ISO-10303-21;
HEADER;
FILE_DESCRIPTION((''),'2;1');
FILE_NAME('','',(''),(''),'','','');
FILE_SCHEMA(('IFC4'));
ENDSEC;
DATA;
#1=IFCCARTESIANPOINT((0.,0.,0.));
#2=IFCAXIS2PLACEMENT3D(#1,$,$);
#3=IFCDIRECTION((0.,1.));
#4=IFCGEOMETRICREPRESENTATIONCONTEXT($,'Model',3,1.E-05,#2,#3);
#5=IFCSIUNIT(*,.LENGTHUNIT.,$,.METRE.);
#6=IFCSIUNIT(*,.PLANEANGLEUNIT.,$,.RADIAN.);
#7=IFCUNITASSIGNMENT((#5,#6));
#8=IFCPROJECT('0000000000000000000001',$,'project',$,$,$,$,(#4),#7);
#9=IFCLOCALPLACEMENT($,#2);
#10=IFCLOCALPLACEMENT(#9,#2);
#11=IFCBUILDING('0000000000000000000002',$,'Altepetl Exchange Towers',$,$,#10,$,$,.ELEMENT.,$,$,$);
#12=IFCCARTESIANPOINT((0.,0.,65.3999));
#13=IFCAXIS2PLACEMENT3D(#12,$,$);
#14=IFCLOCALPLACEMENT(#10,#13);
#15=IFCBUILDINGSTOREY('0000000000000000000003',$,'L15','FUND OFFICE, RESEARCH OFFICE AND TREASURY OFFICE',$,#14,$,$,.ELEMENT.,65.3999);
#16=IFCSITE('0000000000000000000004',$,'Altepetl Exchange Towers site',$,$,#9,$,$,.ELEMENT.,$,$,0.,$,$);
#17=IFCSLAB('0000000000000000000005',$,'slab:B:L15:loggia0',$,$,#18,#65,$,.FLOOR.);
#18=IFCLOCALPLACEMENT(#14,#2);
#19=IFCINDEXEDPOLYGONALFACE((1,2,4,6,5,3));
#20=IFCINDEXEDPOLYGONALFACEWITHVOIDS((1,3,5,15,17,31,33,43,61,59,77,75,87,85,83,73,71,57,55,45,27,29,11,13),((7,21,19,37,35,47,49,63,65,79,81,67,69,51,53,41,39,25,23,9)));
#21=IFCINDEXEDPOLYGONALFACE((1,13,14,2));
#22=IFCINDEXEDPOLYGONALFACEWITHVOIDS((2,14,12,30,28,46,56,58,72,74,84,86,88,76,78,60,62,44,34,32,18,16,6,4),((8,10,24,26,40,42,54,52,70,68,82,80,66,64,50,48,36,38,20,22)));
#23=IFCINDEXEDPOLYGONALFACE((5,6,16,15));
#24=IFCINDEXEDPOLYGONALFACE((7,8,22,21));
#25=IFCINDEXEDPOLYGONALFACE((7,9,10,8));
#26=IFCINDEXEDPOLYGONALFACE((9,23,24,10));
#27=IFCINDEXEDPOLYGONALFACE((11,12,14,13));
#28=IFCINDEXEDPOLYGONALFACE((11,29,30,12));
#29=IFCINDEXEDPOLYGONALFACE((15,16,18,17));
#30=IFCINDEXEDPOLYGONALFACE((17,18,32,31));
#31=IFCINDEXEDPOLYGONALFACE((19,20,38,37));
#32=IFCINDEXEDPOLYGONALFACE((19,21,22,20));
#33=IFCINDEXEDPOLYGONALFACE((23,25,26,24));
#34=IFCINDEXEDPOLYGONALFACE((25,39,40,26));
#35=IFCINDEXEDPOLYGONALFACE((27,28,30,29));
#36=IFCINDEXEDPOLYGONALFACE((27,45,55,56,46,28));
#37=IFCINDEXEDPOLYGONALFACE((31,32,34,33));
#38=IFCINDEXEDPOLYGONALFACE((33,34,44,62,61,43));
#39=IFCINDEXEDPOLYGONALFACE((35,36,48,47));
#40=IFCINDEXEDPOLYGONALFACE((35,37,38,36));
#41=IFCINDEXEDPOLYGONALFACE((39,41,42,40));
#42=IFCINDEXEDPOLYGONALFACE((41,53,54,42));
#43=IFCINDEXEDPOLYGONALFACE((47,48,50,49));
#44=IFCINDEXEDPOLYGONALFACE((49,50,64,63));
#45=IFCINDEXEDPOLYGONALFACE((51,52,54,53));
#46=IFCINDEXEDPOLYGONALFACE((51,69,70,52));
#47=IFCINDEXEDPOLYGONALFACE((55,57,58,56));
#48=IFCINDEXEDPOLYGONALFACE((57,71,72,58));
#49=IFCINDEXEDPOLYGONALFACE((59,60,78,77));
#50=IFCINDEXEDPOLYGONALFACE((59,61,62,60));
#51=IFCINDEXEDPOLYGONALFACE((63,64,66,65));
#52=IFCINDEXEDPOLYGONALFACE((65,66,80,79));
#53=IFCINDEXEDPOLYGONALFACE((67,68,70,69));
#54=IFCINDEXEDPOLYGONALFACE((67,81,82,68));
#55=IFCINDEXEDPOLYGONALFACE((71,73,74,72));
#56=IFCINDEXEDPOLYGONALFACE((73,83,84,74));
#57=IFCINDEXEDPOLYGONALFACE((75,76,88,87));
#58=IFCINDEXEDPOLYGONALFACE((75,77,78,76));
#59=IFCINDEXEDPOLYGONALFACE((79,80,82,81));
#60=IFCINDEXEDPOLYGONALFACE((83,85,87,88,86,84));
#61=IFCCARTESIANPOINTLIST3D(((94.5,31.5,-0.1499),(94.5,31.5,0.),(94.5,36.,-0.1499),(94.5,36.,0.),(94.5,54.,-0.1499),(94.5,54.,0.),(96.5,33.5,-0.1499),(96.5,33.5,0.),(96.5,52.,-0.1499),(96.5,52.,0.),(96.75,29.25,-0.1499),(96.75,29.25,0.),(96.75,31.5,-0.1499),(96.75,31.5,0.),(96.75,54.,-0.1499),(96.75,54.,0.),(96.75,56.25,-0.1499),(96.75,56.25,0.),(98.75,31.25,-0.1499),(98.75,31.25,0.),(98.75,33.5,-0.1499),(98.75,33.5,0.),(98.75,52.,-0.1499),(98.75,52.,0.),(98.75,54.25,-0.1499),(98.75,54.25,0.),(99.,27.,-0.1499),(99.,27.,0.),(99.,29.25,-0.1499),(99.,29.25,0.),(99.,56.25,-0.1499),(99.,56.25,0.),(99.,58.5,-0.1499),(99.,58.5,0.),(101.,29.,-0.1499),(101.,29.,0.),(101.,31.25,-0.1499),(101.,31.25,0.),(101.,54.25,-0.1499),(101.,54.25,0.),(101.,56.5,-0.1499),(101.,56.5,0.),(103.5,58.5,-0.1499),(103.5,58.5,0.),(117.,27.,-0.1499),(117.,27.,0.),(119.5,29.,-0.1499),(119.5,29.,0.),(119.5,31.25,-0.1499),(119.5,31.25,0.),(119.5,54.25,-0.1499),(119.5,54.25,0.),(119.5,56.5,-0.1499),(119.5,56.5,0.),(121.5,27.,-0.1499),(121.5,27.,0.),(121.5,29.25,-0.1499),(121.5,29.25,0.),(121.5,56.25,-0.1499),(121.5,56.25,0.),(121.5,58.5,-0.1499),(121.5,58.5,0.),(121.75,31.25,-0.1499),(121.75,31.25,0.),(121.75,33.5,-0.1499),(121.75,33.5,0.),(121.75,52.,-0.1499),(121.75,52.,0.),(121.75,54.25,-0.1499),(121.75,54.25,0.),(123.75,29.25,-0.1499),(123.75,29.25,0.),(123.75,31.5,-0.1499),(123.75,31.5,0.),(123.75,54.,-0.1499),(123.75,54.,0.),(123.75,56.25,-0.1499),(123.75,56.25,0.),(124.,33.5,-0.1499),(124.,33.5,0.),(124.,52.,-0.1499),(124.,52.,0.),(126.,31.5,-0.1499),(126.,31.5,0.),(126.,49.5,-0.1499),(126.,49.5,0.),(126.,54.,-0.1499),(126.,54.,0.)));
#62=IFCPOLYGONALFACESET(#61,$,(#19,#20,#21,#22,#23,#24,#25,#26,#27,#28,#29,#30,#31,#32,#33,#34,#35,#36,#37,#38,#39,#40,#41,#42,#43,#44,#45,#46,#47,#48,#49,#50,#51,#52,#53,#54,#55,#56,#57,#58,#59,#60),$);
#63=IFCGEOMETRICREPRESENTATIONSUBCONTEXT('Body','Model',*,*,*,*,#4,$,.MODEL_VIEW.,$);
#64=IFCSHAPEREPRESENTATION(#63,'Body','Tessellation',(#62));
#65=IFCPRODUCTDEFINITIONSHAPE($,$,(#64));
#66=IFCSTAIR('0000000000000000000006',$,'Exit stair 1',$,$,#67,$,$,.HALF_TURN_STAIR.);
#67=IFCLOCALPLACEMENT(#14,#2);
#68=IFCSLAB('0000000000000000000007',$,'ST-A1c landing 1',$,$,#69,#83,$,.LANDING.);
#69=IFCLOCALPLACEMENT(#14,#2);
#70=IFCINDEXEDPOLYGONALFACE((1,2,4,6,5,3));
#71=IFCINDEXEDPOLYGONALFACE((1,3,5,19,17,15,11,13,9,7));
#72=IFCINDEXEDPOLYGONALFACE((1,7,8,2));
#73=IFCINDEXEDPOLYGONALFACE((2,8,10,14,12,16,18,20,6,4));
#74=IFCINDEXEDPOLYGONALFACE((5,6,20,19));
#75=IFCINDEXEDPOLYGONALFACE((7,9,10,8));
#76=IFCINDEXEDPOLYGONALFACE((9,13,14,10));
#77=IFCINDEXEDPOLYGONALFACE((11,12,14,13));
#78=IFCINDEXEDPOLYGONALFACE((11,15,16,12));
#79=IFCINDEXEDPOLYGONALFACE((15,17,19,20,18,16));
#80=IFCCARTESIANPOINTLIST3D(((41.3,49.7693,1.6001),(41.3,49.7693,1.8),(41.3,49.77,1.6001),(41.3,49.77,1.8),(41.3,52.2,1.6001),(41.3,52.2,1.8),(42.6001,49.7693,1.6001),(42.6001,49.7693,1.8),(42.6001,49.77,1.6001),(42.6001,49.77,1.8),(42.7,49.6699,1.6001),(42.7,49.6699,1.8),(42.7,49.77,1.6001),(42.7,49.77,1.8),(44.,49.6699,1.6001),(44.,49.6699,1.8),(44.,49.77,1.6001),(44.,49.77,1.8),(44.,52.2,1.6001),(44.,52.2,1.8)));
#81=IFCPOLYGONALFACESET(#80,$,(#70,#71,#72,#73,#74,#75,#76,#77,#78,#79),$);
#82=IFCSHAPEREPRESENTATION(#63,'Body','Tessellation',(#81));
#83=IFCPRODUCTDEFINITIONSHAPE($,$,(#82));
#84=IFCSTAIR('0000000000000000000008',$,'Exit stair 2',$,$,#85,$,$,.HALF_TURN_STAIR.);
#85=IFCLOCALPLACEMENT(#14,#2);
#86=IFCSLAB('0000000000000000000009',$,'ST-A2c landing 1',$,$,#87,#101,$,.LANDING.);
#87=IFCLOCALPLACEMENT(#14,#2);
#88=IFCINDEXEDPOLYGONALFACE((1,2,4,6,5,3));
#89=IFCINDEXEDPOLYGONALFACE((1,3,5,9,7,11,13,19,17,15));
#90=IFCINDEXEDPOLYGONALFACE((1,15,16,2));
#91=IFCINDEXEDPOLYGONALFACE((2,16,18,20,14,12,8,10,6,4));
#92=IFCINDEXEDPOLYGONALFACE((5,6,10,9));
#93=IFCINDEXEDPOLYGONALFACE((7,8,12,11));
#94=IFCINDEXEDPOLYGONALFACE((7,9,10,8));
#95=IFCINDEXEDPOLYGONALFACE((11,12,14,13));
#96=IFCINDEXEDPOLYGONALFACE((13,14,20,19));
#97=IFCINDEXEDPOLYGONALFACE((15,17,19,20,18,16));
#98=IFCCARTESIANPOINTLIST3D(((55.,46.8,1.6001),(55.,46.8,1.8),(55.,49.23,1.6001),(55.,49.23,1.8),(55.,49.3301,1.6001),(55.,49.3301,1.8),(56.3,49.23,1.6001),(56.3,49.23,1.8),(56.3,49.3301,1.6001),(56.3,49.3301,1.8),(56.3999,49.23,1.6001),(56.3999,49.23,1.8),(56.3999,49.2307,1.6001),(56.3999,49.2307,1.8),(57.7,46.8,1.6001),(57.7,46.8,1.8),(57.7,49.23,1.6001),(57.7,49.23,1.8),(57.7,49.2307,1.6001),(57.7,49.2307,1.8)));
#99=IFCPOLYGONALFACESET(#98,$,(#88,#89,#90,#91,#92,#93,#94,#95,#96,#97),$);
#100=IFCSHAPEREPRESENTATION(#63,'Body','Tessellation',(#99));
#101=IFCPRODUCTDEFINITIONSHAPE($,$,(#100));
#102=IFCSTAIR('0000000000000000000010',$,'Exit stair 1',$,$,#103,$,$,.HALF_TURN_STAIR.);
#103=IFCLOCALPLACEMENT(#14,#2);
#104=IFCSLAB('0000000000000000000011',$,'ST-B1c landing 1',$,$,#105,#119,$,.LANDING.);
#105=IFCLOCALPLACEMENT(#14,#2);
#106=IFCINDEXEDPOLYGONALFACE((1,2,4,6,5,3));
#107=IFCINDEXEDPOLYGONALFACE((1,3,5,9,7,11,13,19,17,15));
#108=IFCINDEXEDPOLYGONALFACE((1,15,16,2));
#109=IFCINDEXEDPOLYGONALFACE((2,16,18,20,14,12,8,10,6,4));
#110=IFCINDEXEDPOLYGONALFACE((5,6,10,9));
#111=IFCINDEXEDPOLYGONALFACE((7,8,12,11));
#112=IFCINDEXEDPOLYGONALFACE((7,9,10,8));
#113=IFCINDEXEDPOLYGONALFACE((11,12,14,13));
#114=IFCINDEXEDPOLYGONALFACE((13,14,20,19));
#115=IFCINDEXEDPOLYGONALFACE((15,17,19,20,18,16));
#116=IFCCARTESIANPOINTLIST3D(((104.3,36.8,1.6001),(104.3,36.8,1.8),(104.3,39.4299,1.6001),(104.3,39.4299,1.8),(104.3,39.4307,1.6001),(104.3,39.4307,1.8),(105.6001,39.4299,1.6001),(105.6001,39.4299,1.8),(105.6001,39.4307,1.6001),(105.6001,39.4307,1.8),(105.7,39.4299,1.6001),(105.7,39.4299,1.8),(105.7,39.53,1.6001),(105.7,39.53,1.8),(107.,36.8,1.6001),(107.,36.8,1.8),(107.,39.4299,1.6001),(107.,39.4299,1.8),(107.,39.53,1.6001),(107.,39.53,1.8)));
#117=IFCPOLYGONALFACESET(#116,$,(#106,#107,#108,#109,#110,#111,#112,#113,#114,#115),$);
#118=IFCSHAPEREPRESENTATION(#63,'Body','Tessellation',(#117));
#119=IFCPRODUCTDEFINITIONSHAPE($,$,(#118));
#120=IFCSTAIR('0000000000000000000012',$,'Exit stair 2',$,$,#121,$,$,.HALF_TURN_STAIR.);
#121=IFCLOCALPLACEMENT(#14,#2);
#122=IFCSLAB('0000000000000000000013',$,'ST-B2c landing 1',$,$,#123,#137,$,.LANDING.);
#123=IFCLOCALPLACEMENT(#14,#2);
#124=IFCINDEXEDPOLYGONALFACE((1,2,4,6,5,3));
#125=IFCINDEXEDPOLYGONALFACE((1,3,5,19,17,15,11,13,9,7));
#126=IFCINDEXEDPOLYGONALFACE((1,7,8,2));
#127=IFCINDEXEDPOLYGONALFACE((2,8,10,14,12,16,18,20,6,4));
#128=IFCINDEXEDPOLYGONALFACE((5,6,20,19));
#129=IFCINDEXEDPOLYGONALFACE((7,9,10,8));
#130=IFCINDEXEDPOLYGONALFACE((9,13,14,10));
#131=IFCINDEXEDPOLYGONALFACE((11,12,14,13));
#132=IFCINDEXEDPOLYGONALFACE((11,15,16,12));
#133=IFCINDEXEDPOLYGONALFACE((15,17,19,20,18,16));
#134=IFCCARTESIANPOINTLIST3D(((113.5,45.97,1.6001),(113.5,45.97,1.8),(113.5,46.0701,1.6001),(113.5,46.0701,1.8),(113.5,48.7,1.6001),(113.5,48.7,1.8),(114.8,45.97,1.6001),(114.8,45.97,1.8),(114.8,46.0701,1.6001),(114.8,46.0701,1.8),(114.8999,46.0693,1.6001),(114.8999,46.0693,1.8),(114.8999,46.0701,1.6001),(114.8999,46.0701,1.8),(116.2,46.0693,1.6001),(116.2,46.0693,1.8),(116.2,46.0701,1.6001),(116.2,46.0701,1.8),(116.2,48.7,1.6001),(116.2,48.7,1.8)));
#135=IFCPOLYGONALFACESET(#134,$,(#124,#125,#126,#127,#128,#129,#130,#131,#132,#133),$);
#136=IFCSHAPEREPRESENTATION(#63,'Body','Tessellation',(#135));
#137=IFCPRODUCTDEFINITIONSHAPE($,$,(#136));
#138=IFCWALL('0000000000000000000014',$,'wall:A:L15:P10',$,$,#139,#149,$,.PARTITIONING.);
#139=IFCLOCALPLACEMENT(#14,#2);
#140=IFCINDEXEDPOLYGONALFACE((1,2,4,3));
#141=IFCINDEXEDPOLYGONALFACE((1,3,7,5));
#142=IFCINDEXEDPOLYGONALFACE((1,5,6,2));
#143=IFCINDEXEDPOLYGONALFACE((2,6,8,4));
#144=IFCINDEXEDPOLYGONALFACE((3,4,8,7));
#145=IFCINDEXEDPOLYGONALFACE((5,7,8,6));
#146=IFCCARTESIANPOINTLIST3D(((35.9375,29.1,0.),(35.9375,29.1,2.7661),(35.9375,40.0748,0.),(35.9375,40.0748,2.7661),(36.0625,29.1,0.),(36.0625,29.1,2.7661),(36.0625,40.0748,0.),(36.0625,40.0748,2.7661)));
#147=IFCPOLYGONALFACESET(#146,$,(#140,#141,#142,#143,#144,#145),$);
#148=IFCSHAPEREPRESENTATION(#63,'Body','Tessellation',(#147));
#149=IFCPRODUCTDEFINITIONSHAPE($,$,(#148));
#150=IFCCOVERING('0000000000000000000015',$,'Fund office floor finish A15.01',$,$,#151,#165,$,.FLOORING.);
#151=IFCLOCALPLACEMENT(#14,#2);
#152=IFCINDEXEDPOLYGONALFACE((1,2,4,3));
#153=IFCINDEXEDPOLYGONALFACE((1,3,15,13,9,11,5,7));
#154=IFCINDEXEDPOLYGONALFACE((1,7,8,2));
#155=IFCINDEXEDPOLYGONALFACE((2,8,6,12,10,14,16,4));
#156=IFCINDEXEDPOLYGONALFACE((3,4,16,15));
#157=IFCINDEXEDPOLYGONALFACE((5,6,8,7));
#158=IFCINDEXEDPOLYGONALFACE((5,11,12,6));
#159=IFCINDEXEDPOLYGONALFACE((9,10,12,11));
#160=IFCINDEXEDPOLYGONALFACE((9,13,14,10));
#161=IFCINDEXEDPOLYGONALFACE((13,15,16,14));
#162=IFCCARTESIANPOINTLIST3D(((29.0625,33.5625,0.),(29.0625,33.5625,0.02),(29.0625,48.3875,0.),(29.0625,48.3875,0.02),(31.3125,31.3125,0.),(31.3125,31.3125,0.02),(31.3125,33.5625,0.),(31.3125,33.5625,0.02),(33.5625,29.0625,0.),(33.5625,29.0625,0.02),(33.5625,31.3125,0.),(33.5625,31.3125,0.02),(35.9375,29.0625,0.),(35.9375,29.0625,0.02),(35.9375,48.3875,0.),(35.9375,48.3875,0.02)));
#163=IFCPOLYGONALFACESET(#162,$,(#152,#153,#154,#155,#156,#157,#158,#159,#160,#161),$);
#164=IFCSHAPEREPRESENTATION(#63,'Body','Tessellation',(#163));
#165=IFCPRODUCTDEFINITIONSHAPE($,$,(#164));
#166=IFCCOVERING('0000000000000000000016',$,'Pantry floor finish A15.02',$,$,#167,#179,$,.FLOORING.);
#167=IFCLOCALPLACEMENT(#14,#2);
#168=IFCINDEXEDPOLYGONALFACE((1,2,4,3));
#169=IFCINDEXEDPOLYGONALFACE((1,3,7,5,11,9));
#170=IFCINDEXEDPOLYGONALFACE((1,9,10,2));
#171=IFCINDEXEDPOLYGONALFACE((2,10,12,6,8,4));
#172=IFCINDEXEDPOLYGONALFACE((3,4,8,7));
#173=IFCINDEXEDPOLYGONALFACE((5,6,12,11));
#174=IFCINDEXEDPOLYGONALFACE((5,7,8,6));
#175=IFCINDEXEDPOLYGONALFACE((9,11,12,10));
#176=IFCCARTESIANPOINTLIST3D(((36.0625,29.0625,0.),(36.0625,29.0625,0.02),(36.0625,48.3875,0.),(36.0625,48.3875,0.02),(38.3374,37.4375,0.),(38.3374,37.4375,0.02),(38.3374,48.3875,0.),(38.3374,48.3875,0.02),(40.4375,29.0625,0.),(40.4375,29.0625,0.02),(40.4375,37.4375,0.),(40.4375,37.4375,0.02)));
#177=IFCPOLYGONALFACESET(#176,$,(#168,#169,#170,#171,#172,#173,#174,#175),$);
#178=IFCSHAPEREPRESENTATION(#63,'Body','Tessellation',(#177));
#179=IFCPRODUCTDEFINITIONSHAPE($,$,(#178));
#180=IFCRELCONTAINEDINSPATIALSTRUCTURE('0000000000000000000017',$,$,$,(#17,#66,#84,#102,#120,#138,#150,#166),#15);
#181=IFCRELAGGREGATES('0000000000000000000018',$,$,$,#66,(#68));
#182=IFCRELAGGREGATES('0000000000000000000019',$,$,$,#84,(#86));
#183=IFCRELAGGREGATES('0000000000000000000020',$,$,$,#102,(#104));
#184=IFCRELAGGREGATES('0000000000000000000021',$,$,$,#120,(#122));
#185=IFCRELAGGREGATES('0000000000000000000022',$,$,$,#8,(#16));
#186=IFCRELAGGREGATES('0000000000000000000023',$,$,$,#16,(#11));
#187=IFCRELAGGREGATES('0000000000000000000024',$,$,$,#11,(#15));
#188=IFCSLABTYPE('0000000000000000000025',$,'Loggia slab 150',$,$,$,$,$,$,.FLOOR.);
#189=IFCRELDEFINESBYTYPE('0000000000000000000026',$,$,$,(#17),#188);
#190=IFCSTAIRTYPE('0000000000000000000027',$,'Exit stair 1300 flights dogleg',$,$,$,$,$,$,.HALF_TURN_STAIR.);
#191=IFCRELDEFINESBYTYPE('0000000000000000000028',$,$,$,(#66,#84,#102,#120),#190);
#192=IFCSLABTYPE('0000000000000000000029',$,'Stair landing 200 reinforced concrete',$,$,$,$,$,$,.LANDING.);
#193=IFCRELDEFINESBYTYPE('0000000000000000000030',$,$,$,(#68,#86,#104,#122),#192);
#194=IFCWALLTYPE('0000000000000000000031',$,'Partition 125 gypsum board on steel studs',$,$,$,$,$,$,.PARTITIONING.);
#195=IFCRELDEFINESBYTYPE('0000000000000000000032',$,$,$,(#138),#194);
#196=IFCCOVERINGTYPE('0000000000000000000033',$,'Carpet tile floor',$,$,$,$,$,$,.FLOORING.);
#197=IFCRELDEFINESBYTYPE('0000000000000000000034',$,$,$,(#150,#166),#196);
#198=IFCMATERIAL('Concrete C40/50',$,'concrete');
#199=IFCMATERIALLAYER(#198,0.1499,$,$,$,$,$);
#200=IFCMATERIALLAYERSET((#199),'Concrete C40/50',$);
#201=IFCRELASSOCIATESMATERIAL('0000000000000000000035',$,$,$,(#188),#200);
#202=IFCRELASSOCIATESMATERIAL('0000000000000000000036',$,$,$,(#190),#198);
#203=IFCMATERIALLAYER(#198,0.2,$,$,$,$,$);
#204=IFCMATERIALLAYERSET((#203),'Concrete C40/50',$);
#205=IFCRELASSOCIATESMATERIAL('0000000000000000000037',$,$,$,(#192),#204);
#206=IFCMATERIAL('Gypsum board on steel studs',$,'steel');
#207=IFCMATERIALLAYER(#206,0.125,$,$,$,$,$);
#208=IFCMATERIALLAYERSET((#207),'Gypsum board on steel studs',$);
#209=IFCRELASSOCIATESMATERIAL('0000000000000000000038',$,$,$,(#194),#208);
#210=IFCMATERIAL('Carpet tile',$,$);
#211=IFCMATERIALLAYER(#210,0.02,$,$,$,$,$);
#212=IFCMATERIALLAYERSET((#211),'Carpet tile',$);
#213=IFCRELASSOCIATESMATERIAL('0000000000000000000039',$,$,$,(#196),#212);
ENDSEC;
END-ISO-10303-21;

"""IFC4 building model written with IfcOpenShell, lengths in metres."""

from ifc_helpers import new_model, si_unit, direction, frame, frame_2d, origin, place, context, subcontext, project, spatial, polyline, rectangle, outline, extrude, material, layer, layer_set, type_object, element, aggregate, save


model = new_model("IFC4")

# Units and contexts
model_context = context("Model", 3, precision=1e-05, world=origin(), true_north=direction((0.0, 1.0)))
body_context = subcontext(model_context, "Body", "Model", "MODEL_VIEW")
ifc_project = project(units=[si_unit("LENGTHUNIT", "METRE"), si_unit("PLANEANGLEUNIT", "RADIAN")], contexts=[model_context])

# Site, building, storey
site_placement = place(None, origin())
site = spatial("IfcSite", under=ifc_project, at=site_placement, Name="Altepetl Exchange Towers site", CompositionType="ELEMENT", RefElevation=0.0)
building_placement = place(site_placement, origin())
building = spatial("IfcBuilding", under=site, at=building_placement, Name="Altepetl Exchange Towers", CompositionType="ELEMENT")
storey_placement = place(building_placement, frame((0.0, 0.0, 65.3999)))
storey = spatial("IfcBuildingStorey", under=building, at=storey_placement, Name="L15", Description="FUND OFFICE, RESEARCH OFFICE AND TREASURY OFFICE", CompositionType="ELEMENT", Elevation=65.3999)

# Shared definitions
ifc_material_1 = material(Name="Concrete C40/50", Category="concrete")

# Slab
ifc_layer_1 = layer(ifc_material_1, 0.1499)
ifc_layer_set_1 = layer_set([ifc_layer_1], Name="Concrete C40/50")
slab_type_1 = type_object("IfcSlabType", Name="Loggia slab 150", PredefinedType="FLOOR", material=ifc_layer_set_1)
slab_1_placement = place(storey_placement, frame((0.0, 0.0, -0.1499)))
element("IfcSlab", 1, at=slab_1_placement, inside=storey, type_object=slab_type_1, Name="slab:B:L15:loggia0", PredefinedType="FLOOR", context=body_context, shape_type="SweptSolid", body=[
    extrude(outline(polyline([(96.75, 54.0), (94.5, 54.0), (94.5, 36.0), (94.5, 31.5), (96.75, 31.5), (96.75, 29.25), (99.0, 29.25), (99.0, 27.0), (117.0, 27.0), (121.5, 27.0), (121.5, 29.25), (123.75, 29.25), (123.75, 31.5), (126.0, 31.5), (126.0, 49.5), (126.0, 54.0), (123.75, 54.0), (123.75, 56.25), (121.5, 56.25), (121.5, 58.5), (103.5, 58.5), (99.0, 58.5), (99.0, 56.25), (96.75, 56.25), (96.75, 54.0)]), holes=[polyline([(96.5, 52.0), (98.75, 52.0), (98.75, 54.25), (101.0, 54.25), (101.0, 56.5), (119.5, 56.5), (119.5, 54.25), (121.75, 54.25), (121.75, 52.0), (124.0, 52.0), (124.0, 33.5), (121.75, 33.5), (121.75, 31.25), (119.5, 31.25), (119.5, 29.0), (101.0, 29.0), (101.0, 31.25), (98.75, 31.25), (98.75, 33.5), (96.5, 33.5), (96.5, 52.0)])]), origin(), (0.0, 0.0, 1.0), 0.1499),
])

# Stairs, slabs
stair_type = type_object("IfcStairType", Name="Exit stair 1300 flights dogleg", PredefinedType="HALF_TURN_STAIR", material=ifc_material_1)
stair_1_placement = place(storey_placement, origin())
stair_1 = element("IfcStair", 2, at=stair_1_placement, inside=storey, type_object=stair_type, Name="Exit stair 1", PredefinedType="HALF_TURN_STAIR")
ifc_layer_2 = layer(ifc_material_1, 0.2)
ifc_layer_set_2 = layer_set([ifc_layer_2], Name="Concrete C40/50")
slab_type_2 = type_object("IfcSlabType", Name="Stair landing 200 reinforced concrete", PredefinedType="LANDING", material=ifc_layer_set_2)
slab_2_placement = place(storey_placement, frame((0.0, 0.0, 1.6001)))
slab_2 = element("IfcSlab", 3, at=slab_2_placement, type_object=slab_type_2, Name="ST-A1c landing 1", PredefinedType="LANDING", context=body_context, shape_type="SweptSolid", body=[
    extrude(outline(polyline([(44.0, 49.6699), (42.7, 49.6699), (42.7, 49.77), (42.6001, 49.77), (42.6001, 49.7693), (41.3, 49.7693), (41.3, 49.77), (41.3, 52.2), (44.0, 52.2), (44.0, 49.77), (44.0, 49.6699)])), origin(), (0.0, 0.0, 1.0), 0.2),
])
aggregate(stair_1, [slab_2])
stair_2_placement = place(storey_placement, origin())
stair_2 = element("IfcStair", 4, at=stair_2_placement, inside=storey, type_object=stair_type, Name="Exit stair 2", PredefinedType="HALF_TURN_STAIR")
slab_3_placement = place(storey_placement, frame((0.0, 0.0, 1.6001)))
slab_3 = element("IfcSlab", 5, at=slab_3_placement, type_object=slab_type_2, Name="ST-A2c landing 1", PredefinedType="LANDING", context=body_context, shape_type="SweptSolid", body=[
    extrude(outline(polyline([(57.7, 46.8), (55.0, 46.8), (55.0, 49.23), (55.0, 49.3301), (56.3, 49.3301), (56.3, 49.23), (56.3999, 49.23), (56.3999, 49.2307), (57.7, 49.2307), (57.7, 49.23), (57.7, 46.8)])), origin(), (0.0, 0.0, 1.0), 0.2),
])
aggregate(stair_2, [slab_3])
stair_3_placement = place(storey_placement, origin())
stair_3 = element("IfcStair", 6, at=stair_3_placement, inside=storey, type_object=stair_type, Name="Exit stair 1", PredefinedType="HALF_TURN_STAIR")
slab_4_placement = place(storey_placement, frame((0.0, 0.0, 1.6001)))
slab_4 = element("IfcSlab", 7, at=slab_4_placement, type_object=slab_type_2, Name="ST-B1c landing 1", PredefinedType="LANDING", context=body_context, shape_type="SweptSolid", body=[
    extrude(outline(polyline([(107.0, 36.8), (104.3, 36.8), (104.3, 39.4299), (104.3, 39.4307), (105.6001, 39.4307), (105.6001, 39.4299), (105.7, 39.4299), (105.7, 39.53), (107.0, 39.53), (107.0, 39.4299), (107.0, 36.8)])), origin(), (0.0, 0.0, 1.0), 0.2),
])
aggregate(stair_3, [slab_4])
stair_4_placement = place(storey_placement, origin())
stair_4 = element("IfcStair", 8, at=stair_4_placement, inside=storey, type_object=stair_type, Name="Exit stair 2", PredefinedType="HALF_TURN_STAIR")
slab_5_placement = place(storey_placement, frame((0.0, 0.0, 1.6001)))
slab_5 = element("IfcSlab", 9, at=slab_5_placement, type_object=slab_type_2, Name="ST-B2c landing 1", PredefinedType="LANDING", context=body_context, shape_type="SweptSolid", body=[
    extrude(outline(polyline([(114.8, 45.97), (113.5, 45.97), (113.5, 46.0701), (113.5, 48.7), (116.2, 48.7), (116.2, 46.0701), (116.2, 46.0693), (114.8999, 46.0693), (114.8999, 46.0701), (114.8, 46.0701), (114.8, 45.97)])), origin(), (0.0, 0.0, 1.0), 0.2),
])
aggregate(stair_4, [slab_5])

# Wall
ifc_material_2 = material(Name="Gypsum board on steel studs", Category="steel")
ifc_layer_3 = layer(ifc_material_2, 0.125)
ifc_layer_set_3 = layer_set([ifc_layer_3], Name="Gypsum board on steel studs")
wall_type = type_object("IfcWallType", Name="Partition 125 gypsum board on steel studs", PredefinedType="PARTITIONING", material=ifc_layer_set_3)
wall_placement = place(storey_placement, frame((36.0, 29.1001, 0.0), z_axis=(0.0, 0.0, 1.0), x_axis=(0.0, 1.0, 0.0)))
element("IfcWall", 10, at=wall_placement, inside=storey, type_object=wall_type, Name="wall:A:L15:P10", PredefinedType="PARTITIONING", context=body_context, shape_type="SweptSolid", body=[
    extrude(rectangle(XDim=10.9749, YDim=0.125, at=frame_2d((5.4873, 0.0))), origin(), (0.0, 0.0, 1.0), 2.7661),
])

# Coverings
ifc_material_3 = material(Name="Carpet tile")
ifc_layer_4 = layer(ifc_material_3, 0.02)
ifc_layer_set_4 = layer_set([ifc_layer_4], Name="Carpet tile")
covering_type_1 = type_object("IfcCoveringType", Name="Carpet tile floor", PredefinedType="FLOORING", material=ifc_layer_set_4)
covering_1_placement = place(storey_placement, origin())
element("IfcCovering", 11, at=covering_1_placement, inside=storey, type_object=covering_type_1, Name="Fund office floor finish A15.01", PredefinedType="FLOORING", context=body_context, shape_type="SweptSolid", body=[
    extrude(outline(polyline([(31.3125, 31.3125), (33.5625, 31.3125), (33.5625, 29.0625), (35.9375, 29.0625), (35.9375, 48.3875), (29.0625, 48.3875), (29.0625, 33.5625), (31.3125, 33.5625), (31.3125, 31.3125)])), origin(), (0.0, 0.0, 1.0), 0.02),
])
covering_2_placement = place(storey_placement, origin())
element("IfcCovering", 12, at=covering_2_placement, inside=storey, type_object=covering_type_1, Name="Pantry floor finish A15.02", PredefinedType="FLOORING", context=body_context, shape_type="SweptSolid", body=[
    extrude(outline(polyline([(36.0625, 48.3875), (36.0625, 29.0625), (40.4375, 29.0625), (40.4375, 37.4375), (38.3374, 37.4375), (38.3374, 48.3875), (36.0625, 48.3875)])), origin(), (0.0, 0.0, 1.0), 0.02),
])

save(model, "model.ifc")
